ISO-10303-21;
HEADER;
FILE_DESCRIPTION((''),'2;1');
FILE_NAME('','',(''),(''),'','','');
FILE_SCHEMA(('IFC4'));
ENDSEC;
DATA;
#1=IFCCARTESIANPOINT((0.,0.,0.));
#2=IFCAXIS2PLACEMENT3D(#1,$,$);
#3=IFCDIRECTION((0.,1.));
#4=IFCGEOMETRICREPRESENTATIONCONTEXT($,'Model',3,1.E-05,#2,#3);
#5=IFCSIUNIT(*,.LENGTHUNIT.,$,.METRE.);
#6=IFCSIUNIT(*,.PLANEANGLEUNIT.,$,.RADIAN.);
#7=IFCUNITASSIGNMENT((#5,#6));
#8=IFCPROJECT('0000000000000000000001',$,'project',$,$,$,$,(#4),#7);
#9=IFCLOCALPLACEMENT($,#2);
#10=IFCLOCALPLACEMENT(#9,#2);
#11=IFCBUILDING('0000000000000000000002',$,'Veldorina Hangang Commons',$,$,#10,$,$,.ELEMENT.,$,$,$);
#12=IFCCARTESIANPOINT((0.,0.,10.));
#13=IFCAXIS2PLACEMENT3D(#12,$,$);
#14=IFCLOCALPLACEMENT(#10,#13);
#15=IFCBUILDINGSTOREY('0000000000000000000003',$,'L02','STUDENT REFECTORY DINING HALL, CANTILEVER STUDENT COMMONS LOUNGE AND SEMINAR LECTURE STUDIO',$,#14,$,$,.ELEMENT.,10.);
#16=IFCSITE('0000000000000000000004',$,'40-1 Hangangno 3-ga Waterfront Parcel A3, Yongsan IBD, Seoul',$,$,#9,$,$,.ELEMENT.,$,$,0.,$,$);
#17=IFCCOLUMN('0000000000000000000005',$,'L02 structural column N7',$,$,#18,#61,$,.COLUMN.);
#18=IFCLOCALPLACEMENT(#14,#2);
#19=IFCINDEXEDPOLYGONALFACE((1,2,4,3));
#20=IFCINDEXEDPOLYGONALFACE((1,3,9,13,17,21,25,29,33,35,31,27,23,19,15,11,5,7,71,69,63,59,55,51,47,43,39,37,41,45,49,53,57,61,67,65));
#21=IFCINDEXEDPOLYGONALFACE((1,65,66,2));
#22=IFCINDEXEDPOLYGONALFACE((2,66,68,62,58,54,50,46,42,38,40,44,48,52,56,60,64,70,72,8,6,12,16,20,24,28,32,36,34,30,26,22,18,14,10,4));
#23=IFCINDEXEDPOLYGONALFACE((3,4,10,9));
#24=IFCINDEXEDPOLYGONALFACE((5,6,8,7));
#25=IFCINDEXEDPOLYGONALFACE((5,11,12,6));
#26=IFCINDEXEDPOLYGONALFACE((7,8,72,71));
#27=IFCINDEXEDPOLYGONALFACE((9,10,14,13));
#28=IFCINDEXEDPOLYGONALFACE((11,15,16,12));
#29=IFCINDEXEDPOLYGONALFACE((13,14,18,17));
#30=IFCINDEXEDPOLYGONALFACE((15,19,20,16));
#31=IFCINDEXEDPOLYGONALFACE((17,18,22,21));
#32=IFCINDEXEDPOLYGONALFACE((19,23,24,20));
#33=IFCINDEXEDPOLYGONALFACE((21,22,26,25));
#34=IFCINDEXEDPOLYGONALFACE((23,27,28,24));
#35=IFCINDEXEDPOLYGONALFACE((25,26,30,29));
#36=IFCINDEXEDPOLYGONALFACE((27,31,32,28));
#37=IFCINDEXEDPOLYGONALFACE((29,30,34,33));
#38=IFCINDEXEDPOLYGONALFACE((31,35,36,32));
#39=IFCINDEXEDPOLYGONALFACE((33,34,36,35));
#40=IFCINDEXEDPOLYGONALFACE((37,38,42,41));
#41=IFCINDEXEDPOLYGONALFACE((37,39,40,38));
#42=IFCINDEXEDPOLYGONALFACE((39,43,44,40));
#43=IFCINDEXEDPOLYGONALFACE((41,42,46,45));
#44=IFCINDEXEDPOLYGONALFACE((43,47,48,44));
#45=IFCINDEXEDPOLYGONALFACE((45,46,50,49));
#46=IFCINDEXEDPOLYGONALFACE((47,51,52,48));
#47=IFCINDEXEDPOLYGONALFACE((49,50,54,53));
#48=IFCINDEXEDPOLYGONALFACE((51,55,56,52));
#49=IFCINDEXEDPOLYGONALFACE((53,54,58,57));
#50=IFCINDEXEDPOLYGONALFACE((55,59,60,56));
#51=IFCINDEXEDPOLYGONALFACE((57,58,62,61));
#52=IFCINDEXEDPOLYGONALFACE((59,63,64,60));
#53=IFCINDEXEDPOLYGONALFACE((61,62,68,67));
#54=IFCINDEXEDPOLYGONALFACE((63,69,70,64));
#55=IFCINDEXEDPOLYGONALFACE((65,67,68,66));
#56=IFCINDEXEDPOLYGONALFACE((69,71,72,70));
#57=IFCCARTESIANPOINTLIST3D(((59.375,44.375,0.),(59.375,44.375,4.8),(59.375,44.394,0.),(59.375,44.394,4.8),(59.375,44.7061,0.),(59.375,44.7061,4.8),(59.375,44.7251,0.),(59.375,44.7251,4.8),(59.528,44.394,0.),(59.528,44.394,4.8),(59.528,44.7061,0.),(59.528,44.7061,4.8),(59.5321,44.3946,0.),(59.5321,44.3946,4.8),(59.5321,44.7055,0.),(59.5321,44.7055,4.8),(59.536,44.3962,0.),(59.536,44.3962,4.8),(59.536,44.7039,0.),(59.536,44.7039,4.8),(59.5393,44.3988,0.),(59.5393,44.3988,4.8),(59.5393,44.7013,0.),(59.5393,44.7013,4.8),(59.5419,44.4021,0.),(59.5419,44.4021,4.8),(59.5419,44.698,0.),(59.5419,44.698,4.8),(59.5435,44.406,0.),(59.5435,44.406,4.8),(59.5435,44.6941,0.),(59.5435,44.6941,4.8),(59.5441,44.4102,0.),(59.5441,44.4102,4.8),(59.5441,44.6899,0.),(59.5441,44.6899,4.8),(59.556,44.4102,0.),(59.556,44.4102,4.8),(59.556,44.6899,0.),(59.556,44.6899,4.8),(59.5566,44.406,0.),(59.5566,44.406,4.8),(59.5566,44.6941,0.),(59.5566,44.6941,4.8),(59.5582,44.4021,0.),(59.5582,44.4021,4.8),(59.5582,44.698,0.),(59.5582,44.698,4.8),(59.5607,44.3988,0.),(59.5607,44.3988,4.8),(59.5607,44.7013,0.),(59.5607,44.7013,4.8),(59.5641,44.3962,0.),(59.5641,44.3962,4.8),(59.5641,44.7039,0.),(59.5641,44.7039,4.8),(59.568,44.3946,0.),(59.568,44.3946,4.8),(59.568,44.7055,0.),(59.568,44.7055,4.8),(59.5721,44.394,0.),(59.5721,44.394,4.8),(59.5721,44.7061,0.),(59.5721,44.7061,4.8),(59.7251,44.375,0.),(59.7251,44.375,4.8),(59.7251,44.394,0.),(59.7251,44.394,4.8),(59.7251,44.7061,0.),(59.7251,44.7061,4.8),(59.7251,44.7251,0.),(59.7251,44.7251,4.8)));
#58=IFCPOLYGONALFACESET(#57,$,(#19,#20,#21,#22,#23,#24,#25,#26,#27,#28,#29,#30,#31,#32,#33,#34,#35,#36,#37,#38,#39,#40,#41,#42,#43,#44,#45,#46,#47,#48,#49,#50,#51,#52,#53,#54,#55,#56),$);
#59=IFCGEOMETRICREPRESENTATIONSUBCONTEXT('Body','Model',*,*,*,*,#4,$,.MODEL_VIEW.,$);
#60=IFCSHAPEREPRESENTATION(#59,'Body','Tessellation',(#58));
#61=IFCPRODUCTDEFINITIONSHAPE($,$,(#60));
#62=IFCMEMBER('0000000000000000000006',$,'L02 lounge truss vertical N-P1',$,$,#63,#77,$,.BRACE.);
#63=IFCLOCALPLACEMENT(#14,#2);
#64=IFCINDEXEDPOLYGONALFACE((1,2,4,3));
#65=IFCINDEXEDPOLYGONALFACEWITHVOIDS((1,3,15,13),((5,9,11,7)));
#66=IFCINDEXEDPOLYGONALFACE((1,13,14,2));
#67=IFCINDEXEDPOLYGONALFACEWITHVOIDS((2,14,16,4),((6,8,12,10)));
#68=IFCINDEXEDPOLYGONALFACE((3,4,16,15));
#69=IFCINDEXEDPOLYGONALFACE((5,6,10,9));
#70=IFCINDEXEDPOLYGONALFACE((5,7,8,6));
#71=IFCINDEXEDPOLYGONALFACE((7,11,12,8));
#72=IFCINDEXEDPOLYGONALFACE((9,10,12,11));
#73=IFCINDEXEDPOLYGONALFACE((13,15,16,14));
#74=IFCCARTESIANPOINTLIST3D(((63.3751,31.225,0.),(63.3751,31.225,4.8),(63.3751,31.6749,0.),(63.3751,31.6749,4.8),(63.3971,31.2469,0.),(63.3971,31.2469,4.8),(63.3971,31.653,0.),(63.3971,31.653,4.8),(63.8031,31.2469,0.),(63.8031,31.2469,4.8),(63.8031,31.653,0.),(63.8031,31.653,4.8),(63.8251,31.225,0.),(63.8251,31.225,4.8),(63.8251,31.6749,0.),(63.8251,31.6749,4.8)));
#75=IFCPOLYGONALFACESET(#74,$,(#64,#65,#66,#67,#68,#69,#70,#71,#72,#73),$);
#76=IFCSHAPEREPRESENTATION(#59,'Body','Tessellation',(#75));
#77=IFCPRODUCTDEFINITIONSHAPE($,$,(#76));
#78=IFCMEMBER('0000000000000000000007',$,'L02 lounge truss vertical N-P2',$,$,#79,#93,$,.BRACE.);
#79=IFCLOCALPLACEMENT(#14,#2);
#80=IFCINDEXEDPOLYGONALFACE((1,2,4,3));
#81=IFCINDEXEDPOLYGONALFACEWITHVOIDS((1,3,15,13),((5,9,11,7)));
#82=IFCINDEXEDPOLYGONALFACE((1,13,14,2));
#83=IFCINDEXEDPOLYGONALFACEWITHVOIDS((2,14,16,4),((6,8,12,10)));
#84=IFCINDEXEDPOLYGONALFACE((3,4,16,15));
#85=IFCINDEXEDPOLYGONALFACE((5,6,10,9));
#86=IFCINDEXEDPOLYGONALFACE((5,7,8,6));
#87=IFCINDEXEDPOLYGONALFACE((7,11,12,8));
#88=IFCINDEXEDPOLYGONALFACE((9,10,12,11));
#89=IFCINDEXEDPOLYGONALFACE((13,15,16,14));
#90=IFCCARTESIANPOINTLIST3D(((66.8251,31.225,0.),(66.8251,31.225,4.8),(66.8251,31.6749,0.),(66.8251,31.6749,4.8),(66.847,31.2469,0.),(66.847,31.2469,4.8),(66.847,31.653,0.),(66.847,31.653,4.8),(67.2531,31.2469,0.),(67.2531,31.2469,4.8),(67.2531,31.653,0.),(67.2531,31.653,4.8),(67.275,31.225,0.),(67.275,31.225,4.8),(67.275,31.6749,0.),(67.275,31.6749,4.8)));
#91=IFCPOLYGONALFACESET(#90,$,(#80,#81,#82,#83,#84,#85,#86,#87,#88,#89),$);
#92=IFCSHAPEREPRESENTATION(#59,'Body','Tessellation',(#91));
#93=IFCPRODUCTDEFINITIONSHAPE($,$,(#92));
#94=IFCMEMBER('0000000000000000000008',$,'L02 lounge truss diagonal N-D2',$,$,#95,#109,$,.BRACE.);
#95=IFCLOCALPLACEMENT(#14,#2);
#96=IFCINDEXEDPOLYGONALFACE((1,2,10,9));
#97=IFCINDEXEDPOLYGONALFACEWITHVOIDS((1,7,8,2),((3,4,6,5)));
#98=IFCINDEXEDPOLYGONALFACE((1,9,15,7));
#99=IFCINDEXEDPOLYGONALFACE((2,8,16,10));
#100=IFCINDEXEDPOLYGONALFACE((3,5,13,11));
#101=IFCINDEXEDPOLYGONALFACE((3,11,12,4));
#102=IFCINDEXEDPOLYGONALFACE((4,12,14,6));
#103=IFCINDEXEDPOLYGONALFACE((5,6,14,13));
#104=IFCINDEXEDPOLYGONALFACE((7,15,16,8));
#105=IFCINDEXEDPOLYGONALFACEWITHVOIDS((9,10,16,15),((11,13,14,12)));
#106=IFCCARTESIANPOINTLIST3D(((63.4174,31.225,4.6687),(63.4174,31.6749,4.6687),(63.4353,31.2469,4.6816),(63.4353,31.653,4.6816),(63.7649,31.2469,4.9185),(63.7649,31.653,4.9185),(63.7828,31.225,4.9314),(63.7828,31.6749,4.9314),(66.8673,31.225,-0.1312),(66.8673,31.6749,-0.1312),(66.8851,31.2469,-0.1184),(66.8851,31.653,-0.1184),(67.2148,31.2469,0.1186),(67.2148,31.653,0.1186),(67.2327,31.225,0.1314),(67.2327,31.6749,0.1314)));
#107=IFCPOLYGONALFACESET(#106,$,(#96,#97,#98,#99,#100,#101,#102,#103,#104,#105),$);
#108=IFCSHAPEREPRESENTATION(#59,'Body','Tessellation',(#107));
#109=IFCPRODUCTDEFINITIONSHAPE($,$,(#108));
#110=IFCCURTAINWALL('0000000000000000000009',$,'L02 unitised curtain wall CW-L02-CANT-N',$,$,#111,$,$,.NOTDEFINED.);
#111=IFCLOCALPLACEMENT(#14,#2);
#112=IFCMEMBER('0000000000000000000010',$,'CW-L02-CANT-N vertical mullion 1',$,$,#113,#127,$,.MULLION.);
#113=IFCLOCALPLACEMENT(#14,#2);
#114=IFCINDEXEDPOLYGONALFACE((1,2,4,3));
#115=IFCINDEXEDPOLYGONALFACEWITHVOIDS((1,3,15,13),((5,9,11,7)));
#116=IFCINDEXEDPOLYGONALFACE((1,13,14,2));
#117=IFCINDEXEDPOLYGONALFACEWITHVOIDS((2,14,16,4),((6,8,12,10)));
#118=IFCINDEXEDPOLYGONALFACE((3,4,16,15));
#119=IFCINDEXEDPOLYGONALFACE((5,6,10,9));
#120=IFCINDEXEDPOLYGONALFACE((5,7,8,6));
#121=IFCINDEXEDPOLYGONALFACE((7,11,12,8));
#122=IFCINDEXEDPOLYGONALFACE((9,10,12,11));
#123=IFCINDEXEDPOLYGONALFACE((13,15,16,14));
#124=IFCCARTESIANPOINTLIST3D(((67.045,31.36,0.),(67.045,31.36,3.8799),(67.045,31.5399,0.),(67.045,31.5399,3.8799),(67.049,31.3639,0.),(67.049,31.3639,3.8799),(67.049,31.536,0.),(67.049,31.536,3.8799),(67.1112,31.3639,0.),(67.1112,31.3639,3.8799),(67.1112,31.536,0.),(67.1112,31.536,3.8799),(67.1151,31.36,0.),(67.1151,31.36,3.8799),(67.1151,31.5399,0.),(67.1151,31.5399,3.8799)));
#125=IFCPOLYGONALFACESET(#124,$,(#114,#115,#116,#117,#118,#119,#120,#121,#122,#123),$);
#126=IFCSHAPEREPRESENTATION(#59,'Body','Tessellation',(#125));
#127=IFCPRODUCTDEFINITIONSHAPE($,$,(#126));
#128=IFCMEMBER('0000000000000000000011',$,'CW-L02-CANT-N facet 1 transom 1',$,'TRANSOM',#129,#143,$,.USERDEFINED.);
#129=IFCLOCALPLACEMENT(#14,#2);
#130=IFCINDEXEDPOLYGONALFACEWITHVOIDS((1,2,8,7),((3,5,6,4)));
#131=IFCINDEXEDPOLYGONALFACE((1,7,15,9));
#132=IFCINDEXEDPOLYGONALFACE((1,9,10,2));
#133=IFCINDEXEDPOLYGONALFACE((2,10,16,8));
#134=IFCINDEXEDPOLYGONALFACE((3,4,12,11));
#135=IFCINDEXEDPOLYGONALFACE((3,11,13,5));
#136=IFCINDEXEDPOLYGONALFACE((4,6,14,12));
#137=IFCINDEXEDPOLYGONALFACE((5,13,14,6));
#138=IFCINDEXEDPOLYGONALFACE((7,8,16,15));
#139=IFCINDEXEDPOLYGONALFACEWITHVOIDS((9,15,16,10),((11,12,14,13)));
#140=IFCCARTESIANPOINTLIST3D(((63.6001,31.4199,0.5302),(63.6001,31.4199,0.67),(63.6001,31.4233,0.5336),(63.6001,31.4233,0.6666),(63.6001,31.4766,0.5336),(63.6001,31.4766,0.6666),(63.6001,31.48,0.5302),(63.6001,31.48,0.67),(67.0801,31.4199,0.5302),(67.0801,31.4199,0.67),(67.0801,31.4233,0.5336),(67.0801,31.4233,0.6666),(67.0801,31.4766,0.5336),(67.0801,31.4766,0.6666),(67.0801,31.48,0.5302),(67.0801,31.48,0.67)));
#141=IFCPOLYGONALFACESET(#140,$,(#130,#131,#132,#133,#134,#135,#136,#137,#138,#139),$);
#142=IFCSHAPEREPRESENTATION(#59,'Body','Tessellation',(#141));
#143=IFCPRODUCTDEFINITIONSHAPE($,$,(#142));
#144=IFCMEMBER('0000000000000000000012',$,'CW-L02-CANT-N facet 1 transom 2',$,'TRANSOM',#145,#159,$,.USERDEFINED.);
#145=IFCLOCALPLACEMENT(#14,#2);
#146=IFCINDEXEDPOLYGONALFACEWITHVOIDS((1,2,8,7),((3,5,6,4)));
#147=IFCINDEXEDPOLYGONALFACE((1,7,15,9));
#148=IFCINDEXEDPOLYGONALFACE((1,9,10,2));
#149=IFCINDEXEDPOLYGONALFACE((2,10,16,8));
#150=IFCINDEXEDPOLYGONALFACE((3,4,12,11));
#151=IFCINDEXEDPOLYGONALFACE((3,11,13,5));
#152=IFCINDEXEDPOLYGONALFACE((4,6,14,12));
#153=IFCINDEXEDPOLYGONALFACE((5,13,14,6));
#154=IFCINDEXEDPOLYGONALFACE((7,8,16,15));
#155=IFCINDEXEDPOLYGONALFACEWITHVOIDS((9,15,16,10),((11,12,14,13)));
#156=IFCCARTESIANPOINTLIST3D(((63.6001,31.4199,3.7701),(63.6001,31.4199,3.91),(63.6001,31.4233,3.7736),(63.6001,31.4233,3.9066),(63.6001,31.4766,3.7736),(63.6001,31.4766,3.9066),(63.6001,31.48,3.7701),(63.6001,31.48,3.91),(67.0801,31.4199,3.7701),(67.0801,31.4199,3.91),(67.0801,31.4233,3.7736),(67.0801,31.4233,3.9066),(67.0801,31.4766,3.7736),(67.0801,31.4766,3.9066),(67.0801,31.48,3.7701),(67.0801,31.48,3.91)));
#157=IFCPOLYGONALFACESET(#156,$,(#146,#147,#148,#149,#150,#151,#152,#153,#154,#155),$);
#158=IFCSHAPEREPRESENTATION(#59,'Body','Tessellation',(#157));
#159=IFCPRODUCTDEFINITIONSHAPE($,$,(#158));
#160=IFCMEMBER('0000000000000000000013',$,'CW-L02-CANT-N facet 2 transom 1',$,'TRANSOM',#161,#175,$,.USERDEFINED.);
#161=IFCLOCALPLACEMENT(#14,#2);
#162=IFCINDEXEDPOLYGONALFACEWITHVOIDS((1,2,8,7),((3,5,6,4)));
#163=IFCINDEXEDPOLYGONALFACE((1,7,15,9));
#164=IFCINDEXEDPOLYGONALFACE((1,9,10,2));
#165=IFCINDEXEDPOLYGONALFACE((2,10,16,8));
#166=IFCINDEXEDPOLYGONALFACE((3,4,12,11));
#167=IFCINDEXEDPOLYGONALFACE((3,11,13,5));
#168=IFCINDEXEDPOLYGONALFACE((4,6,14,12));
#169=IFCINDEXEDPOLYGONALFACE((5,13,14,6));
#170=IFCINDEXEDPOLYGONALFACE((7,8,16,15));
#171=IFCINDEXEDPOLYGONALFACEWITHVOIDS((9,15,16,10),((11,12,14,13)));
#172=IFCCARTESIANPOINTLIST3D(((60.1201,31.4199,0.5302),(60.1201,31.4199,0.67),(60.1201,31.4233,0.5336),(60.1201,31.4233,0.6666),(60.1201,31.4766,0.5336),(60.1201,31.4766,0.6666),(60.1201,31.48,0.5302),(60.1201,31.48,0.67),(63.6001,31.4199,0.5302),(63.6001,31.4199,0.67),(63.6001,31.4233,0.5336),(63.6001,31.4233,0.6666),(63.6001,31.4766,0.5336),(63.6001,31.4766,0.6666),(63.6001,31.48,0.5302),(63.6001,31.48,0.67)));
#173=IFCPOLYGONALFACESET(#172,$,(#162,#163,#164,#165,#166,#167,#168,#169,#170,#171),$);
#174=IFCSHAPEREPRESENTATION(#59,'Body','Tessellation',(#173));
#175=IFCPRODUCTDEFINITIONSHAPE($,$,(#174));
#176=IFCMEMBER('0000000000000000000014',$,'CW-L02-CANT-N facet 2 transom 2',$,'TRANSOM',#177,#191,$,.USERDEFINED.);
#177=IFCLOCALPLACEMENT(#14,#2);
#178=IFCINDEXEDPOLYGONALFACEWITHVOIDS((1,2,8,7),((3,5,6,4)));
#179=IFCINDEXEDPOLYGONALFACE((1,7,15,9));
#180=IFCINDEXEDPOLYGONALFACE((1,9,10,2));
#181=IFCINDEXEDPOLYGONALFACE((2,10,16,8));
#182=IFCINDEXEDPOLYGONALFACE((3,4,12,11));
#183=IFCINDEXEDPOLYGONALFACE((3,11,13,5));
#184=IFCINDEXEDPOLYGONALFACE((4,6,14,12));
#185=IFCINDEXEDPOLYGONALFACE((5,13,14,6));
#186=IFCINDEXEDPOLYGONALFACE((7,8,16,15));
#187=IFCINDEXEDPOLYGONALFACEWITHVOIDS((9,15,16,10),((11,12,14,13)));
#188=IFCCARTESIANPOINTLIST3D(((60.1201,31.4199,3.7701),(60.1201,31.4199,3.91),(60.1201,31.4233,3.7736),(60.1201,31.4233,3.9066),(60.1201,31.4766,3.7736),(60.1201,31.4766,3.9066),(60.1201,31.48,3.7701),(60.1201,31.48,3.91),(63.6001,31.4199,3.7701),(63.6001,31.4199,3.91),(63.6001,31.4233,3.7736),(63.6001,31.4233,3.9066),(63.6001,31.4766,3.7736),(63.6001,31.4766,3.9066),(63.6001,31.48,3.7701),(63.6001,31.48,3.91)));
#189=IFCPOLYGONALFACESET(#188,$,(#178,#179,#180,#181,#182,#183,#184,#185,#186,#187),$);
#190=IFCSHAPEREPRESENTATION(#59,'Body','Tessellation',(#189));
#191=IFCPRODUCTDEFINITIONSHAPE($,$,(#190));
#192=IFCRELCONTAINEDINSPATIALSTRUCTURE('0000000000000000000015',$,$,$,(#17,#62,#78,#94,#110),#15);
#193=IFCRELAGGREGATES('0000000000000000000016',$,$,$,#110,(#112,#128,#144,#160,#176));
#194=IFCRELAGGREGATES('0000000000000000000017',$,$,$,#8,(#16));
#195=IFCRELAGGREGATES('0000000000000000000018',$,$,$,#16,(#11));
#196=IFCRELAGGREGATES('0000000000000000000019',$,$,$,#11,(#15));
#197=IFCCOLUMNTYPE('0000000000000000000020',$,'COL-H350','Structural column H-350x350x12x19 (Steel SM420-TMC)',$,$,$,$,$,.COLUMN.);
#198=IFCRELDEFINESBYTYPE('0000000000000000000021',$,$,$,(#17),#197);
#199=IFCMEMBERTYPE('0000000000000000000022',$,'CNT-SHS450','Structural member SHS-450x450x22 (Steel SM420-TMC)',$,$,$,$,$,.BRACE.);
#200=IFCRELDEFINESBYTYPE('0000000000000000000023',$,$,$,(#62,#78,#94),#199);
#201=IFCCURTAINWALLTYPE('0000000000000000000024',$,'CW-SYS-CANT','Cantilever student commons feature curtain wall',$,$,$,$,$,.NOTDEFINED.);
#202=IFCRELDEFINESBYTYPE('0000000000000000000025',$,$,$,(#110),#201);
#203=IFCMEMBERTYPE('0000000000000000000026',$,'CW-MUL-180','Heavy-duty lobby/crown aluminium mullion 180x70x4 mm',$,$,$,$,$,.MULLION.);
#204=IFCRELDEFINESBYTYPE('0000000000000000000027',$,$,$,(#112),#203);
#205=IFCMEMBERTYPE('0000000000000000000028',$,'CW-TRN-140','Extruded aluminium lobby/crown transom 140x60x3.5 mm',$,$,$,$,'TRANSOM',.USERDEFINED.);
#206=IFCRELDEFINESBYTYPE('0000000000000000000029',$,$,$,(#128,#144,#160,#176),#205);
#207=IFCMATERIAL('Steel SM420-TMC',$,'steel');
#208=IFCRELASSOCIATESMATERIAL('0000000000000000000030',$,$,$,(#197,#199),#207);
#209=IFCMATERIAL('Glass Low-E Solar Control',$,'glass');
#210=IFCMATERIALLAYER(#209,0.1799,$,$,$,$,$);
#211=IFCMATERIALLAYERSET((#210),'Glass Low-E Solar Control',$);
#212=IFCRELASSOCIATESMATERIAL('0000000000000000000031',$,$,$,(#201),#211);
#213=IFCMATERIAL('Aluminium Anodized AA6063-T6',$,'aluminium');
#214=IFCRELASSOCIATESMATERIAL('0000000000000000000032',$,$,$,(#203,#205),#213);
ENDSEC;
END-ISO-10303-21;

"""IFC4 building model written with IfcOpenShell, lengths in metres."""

from ifc_helpers import new_model, si_unit, direction, frame, origin, origin_2d, place, context, subcontext, project, spatial, hollow_rectangle, i_section, extrude, material, layer, layer_set, material_profile, profile_set, type_object, element, aggregate, save


model = new_model("IFC4")

# Units and contexts
model_context = context("Model", 3, precision=1e-05, world=origin(), true_north=direction((0.0, 1.0)))
body_context = subcontext(model_context, "Body", "Model", "MODEL_VIEW")
ifc_project = project(units=[si_unit("LENGTHUNIT", "METRE"), si_unit("PLANEANGLEUNIT", "RADIAN")], contexts=[model_context])

# Site, building, storey
site_placement = place(None, origin())
site = spatial("IfcSite", under=ifc_project, at=site_placement, Name="40-1 Hangangno 3-ga Waterfront Parcel A3, Yongsan IBD, Seoul", CompositionType="ELEMENT", RefElevation=0.0)
building_placement = place(site_placement, origin())
building = spatial("IfcBuilding", under=site, at=building_placement, Name="Veldorina Hangang Commons", CompositionType="ELEMENT")
storey_placement = place(building_placement, frame((0.0, 0.0, 10.0)))
storey = spatial("IfcBuildingStorey", under=building, at=storey_placement, Name="L02", Description="STUDENT REFECTORY DINING HALL, CANTILEVER STUDENT COMMONS LOUNGE AND SEMINAR LECTURE STUDIO", CompositionType="ELEMENT", Elevation=10.0)

# Column
ifc_material_1 = material(Name="Steel SM420-TMC", Category="steel")
ifc_material_profile_1 = material_profile(ifc_material_1, i_section(OverallWidth=0.3501, OverallDepth=0.3501, WebThickness=0.012, FlangeThickness=0.019, FilletRadius=0.0161, at=origin_2d()), Name="H-350x350x12x19")
ifc_profile_set_1 = profile_set([ifc_material_profile_1], Name="Steel SM420-TMC")
column_type = type_object("IfcColumnType", Name="COL-H350", Description="Structural column H-350x350x12x19 (Steel SM420-TMC)", PredefinedType="COLUMN", material=ifc_profile_set_1)
column_placement = place(storey_placement, frame((59.55, 44.55, 0.0), z_axis=(0.0, 0.0, 1.0), x_axis=(1.0, 0.0, 0.0)))
element("IfcColumn", 1, at=column_placement, inside=storey, type_object=column_type, Name="L02 structural column N7", PredefinedType="COLUMN", context=body_context, shape_type="SweptSolid", body=[
    extrude(i_section(OverallWidth=0.3501, OverallDepth=0.3501, WebThickness=0.012, FlangeThickness=0.019, FilletRadius=0.0161, at=origin_2d()), origin(), (0.0, 0.0, 1.0), 4.8),
])

# Members
ifc_material_profile_2 = material_profile(ifc_material_1, hollow_rectangle(XDim=0.45, YDim=0.45, WallThickness=0.022, at=origin_2d()), Name="SHS-450x450x22")
ifc_profile_set_2 = profile_set([ifc_material_profile_2], Name="Steel SM420-TMC")
member_type_1 = type_object("IfcMemberType", Name="CNT-SHS450", Description="Structural member SHS-450x450x22 (Steel SM420-TMC)", PredefinedType="BRACE", material=ifc_profile_set_2)
for number, where, z_axis, x_axis, name in (
    (2, (63.6001, 31.45, 0.0), (0.0, 0.0, 1.0), (1.0, 0.0, 0.0), "L02 lounge truss vertical N-P1"),
    (3, (67.05, 31.45, 0.0), (0.0, 0.0, 1.0), (1.0, 0.0, 0.0), "L02 lounge truss vertical N-P2"),
):
    element("IfcMember", number, at=place(storey_placement, frame(where, z_axis=z_axis, x_axis=x_axis)), inside=storey, type_object=member_type_1, Name=name, PredefinedType="BRACE", context=body_context, shape_type="SweptSolid", body=[
        extrude(hollow_rectangle(XDim=0.45, YDim=0.45, WallThickness=0.022, at=origin_2d()), origin(), (0.0, 0.0, 1.0), 4.8),
    ])
member_1_placement = place(storey_placement, frame((63.6001, 31.45, 4.8), z_axis=(0.583627, 0.0, -0.812022), x_axis=(0.0, 1.0, 0.0)))
element("IfcMember", 4, at=member_1_placement, inside=storey, type_object=member_type_1, Name="L02 lounge truss diagonal N-D2", PredefinedType="BRACE", context=body_context, shape_type="SweptSolid", body=[
    extrude(hollow_rectangle(XDim=0.45, YDim=0.45, WallThickness=0.022, at=origin_2d()), origin(), (0.0, 0.0, 1.0), 5.9111),
])

# Curtain wall, members
ifc_material_2 = material(Name="Glass Low-E Solar Control", Category="glass")
ifc_layer_1 = layer(ifc_material_2, 0.1799)
ifc_layer_set_1 = layer_set([ifc_layer_1], Name="Glass Low-E Solar Control")
curtain_wall_type = type_object("IfcCurtainWallType", Name="CW-SYS-CANT", Description="Cantilever student commons feature curtain wall", PredefinedType="NOTDEFINED", material=ifc_layer_set_1)
curtain_wall_placement = place(storey_placement, origin())
curtain_wall = element("IfcCurtainWall", 5, at=curtain_wall_placement, inside=storey, type_object=curtain_wall_type, Name="L02 unitised curtain wall CW-L02-CANT-N", PredefinedType="NOTDEFINED")
ifc_material_3 = material(Name="Aluminium Anodized AA6063-T6", Category="aluminium")
ifc_material_profile_3 = material_profile(ifc_material_3, hollow_rectangle(XDim=0.0701, YDim=0.1799, WallThickness=0.0039, at=origin_2d()), Name="ALU-RHS-180x70x4")
ifc_profile_set_3 = profile_set([ifc_material_profile_3], Name="Aluminium Anodized AA6063-T6")
member_type_2 = type_object("IfcMemberType", Name="CW-MUL-180", Description="Heavy-duty lobby/crown aluminium mullion 180x70x4 mm", PredefinedType="MULLION", material=ifc_profile_set_3)
member_2_placement = place(storey_placement, frame((67.0801, 31.45, 0.0), z_axis=(0.0, 0.0, 1.0), x_axis=(-1.0, 0.0, 0.0)))
member_2 = element("IfcMember", 6, at=member_2_placement, type_object=member_type_2, Name="CW-L02-CANT-N vertical mullion 1", PredefinedType="MULLION", context=body_context, shape_type="SweptSolid", body=[
    extrude(hollow_rectangle(XDim=0.0701, YDim=0.1799, WallThickness=0.0039, at=origin_2d()), origin(), (0.0, 0.0, 1.0), 3.8799),
])
ifc_material_profile_4 = material_profile(ifc_material_3, hollow_rectangle(XDim=0.0601, YDim=0.1399, WallThickness=0.0034, at=origin_2d()), Name="ALU-RHS-140x60x3.5")
ifc_profile_set_4 = profile_set([ifc_material_profile_4], Name="Aluminium Anodized AA6063-T6")
member_type_3 = type_object("IfcMemberType", Name="CW-TRN-140", Description="Extruded aluminium lobby/crown transom 140x60x3.5 mm", ElementType="TRANSOM", PredefinedType="USERDEFINED", material=ifc_profile_set_4)
member_3_placement = place(storey_placement, frame((67.0801, 31.45, 0.6001), z_axis=(-1.0, 0.0, 0.0), x_axis=(0.0, -1.0, 0.0)))
member_3 = element("IfcMember", 7, at=member_3_placement, type_object=member_type_3, Name="CW-L02-CANT-N facet 1 transom 1", ObjectType="TRANSOM", PredefinedType="USERDEFINED", context=body_context, shape_type="SweptSolid", body=[
    extrude(hollow_rectangle(XDim=0.0601, YDim=0.1399, WallThickness=0.0034, at=origin_2d()), origin(), (0.0, 0.0, 1.0), 3.48),
])
member_4_placement = place(storey_placement, frame((67.0801, 31.45, 3.8401), z_axis=(-1.0, 0.0, 0.0), x_axis=(0.0, -1.0, 0.0)))
member_4 = element("IfcMember", 8, at=member_4_placement, type_object=member_type_3, Name="CW-L02-CANT-N facet 1 transom 2", ObjectType="TRANSOM", PredefinedType="USERDEFINED", context=body_context, shape_type="SweptSolid", body=[
    extrude(hollow_rectangle(XDim=0.0601, YDim=0.1399, WallThickness=0.0034, at=origin_2d()), origin(), (0.0, 0.0, 1.0), 3.48),
])
member_5_placement = place(storey_placement, frame((63.6001, 31.45, 0.6001), z_axis=(-1.0, 0.0, 0.0), x_axis=(0.0, -1.0, 0.0)))
member_5 = element("IfcMember", 9, at=member_5_placement, type_object=member_type_3, Name="CW-L02-CANT-N facet 2 transom 1", ObjectType="TRANSOM", PredefinedType="USERDEFINED", context=body_context, shape_type="SweptSolid", body=[
    extrude(hollow_rectangle(XDim=0.0601, YDim=0.1399, WallThickness=0.0034, at=origin_2d()), origin(), (0.0, 0.0, 1.0), 3.48),
])
member_6_placement = place(storey_placement, frame((63.6001, 31.45, 3.8401), z_axis=(-1.0, 0.0, 0.0), x_axis=(0.0, -1.0, 0.0)))
member_6 = element("IfcMember", 10, at=member_6_placement, type_object=member_type_3, Name="CW-L02-CANT-N facet 2 transom 2", ObjectType="TRANSOM", PredefinedType="USERDEFINED", context=body_context, shape_type="SweptSolid", body=[
    extrude(hollow_rectangle(XDim=0.0601, YDim=0.1399, WallThickness=0.0034, at=origin_2d()), origin(), (0.0, 0.0, 1.0), 3.48),
])
aggregate(curtain_wall, [member_2, member_3, member_4, member_5, member_6])

save(model, "model.ifc")
